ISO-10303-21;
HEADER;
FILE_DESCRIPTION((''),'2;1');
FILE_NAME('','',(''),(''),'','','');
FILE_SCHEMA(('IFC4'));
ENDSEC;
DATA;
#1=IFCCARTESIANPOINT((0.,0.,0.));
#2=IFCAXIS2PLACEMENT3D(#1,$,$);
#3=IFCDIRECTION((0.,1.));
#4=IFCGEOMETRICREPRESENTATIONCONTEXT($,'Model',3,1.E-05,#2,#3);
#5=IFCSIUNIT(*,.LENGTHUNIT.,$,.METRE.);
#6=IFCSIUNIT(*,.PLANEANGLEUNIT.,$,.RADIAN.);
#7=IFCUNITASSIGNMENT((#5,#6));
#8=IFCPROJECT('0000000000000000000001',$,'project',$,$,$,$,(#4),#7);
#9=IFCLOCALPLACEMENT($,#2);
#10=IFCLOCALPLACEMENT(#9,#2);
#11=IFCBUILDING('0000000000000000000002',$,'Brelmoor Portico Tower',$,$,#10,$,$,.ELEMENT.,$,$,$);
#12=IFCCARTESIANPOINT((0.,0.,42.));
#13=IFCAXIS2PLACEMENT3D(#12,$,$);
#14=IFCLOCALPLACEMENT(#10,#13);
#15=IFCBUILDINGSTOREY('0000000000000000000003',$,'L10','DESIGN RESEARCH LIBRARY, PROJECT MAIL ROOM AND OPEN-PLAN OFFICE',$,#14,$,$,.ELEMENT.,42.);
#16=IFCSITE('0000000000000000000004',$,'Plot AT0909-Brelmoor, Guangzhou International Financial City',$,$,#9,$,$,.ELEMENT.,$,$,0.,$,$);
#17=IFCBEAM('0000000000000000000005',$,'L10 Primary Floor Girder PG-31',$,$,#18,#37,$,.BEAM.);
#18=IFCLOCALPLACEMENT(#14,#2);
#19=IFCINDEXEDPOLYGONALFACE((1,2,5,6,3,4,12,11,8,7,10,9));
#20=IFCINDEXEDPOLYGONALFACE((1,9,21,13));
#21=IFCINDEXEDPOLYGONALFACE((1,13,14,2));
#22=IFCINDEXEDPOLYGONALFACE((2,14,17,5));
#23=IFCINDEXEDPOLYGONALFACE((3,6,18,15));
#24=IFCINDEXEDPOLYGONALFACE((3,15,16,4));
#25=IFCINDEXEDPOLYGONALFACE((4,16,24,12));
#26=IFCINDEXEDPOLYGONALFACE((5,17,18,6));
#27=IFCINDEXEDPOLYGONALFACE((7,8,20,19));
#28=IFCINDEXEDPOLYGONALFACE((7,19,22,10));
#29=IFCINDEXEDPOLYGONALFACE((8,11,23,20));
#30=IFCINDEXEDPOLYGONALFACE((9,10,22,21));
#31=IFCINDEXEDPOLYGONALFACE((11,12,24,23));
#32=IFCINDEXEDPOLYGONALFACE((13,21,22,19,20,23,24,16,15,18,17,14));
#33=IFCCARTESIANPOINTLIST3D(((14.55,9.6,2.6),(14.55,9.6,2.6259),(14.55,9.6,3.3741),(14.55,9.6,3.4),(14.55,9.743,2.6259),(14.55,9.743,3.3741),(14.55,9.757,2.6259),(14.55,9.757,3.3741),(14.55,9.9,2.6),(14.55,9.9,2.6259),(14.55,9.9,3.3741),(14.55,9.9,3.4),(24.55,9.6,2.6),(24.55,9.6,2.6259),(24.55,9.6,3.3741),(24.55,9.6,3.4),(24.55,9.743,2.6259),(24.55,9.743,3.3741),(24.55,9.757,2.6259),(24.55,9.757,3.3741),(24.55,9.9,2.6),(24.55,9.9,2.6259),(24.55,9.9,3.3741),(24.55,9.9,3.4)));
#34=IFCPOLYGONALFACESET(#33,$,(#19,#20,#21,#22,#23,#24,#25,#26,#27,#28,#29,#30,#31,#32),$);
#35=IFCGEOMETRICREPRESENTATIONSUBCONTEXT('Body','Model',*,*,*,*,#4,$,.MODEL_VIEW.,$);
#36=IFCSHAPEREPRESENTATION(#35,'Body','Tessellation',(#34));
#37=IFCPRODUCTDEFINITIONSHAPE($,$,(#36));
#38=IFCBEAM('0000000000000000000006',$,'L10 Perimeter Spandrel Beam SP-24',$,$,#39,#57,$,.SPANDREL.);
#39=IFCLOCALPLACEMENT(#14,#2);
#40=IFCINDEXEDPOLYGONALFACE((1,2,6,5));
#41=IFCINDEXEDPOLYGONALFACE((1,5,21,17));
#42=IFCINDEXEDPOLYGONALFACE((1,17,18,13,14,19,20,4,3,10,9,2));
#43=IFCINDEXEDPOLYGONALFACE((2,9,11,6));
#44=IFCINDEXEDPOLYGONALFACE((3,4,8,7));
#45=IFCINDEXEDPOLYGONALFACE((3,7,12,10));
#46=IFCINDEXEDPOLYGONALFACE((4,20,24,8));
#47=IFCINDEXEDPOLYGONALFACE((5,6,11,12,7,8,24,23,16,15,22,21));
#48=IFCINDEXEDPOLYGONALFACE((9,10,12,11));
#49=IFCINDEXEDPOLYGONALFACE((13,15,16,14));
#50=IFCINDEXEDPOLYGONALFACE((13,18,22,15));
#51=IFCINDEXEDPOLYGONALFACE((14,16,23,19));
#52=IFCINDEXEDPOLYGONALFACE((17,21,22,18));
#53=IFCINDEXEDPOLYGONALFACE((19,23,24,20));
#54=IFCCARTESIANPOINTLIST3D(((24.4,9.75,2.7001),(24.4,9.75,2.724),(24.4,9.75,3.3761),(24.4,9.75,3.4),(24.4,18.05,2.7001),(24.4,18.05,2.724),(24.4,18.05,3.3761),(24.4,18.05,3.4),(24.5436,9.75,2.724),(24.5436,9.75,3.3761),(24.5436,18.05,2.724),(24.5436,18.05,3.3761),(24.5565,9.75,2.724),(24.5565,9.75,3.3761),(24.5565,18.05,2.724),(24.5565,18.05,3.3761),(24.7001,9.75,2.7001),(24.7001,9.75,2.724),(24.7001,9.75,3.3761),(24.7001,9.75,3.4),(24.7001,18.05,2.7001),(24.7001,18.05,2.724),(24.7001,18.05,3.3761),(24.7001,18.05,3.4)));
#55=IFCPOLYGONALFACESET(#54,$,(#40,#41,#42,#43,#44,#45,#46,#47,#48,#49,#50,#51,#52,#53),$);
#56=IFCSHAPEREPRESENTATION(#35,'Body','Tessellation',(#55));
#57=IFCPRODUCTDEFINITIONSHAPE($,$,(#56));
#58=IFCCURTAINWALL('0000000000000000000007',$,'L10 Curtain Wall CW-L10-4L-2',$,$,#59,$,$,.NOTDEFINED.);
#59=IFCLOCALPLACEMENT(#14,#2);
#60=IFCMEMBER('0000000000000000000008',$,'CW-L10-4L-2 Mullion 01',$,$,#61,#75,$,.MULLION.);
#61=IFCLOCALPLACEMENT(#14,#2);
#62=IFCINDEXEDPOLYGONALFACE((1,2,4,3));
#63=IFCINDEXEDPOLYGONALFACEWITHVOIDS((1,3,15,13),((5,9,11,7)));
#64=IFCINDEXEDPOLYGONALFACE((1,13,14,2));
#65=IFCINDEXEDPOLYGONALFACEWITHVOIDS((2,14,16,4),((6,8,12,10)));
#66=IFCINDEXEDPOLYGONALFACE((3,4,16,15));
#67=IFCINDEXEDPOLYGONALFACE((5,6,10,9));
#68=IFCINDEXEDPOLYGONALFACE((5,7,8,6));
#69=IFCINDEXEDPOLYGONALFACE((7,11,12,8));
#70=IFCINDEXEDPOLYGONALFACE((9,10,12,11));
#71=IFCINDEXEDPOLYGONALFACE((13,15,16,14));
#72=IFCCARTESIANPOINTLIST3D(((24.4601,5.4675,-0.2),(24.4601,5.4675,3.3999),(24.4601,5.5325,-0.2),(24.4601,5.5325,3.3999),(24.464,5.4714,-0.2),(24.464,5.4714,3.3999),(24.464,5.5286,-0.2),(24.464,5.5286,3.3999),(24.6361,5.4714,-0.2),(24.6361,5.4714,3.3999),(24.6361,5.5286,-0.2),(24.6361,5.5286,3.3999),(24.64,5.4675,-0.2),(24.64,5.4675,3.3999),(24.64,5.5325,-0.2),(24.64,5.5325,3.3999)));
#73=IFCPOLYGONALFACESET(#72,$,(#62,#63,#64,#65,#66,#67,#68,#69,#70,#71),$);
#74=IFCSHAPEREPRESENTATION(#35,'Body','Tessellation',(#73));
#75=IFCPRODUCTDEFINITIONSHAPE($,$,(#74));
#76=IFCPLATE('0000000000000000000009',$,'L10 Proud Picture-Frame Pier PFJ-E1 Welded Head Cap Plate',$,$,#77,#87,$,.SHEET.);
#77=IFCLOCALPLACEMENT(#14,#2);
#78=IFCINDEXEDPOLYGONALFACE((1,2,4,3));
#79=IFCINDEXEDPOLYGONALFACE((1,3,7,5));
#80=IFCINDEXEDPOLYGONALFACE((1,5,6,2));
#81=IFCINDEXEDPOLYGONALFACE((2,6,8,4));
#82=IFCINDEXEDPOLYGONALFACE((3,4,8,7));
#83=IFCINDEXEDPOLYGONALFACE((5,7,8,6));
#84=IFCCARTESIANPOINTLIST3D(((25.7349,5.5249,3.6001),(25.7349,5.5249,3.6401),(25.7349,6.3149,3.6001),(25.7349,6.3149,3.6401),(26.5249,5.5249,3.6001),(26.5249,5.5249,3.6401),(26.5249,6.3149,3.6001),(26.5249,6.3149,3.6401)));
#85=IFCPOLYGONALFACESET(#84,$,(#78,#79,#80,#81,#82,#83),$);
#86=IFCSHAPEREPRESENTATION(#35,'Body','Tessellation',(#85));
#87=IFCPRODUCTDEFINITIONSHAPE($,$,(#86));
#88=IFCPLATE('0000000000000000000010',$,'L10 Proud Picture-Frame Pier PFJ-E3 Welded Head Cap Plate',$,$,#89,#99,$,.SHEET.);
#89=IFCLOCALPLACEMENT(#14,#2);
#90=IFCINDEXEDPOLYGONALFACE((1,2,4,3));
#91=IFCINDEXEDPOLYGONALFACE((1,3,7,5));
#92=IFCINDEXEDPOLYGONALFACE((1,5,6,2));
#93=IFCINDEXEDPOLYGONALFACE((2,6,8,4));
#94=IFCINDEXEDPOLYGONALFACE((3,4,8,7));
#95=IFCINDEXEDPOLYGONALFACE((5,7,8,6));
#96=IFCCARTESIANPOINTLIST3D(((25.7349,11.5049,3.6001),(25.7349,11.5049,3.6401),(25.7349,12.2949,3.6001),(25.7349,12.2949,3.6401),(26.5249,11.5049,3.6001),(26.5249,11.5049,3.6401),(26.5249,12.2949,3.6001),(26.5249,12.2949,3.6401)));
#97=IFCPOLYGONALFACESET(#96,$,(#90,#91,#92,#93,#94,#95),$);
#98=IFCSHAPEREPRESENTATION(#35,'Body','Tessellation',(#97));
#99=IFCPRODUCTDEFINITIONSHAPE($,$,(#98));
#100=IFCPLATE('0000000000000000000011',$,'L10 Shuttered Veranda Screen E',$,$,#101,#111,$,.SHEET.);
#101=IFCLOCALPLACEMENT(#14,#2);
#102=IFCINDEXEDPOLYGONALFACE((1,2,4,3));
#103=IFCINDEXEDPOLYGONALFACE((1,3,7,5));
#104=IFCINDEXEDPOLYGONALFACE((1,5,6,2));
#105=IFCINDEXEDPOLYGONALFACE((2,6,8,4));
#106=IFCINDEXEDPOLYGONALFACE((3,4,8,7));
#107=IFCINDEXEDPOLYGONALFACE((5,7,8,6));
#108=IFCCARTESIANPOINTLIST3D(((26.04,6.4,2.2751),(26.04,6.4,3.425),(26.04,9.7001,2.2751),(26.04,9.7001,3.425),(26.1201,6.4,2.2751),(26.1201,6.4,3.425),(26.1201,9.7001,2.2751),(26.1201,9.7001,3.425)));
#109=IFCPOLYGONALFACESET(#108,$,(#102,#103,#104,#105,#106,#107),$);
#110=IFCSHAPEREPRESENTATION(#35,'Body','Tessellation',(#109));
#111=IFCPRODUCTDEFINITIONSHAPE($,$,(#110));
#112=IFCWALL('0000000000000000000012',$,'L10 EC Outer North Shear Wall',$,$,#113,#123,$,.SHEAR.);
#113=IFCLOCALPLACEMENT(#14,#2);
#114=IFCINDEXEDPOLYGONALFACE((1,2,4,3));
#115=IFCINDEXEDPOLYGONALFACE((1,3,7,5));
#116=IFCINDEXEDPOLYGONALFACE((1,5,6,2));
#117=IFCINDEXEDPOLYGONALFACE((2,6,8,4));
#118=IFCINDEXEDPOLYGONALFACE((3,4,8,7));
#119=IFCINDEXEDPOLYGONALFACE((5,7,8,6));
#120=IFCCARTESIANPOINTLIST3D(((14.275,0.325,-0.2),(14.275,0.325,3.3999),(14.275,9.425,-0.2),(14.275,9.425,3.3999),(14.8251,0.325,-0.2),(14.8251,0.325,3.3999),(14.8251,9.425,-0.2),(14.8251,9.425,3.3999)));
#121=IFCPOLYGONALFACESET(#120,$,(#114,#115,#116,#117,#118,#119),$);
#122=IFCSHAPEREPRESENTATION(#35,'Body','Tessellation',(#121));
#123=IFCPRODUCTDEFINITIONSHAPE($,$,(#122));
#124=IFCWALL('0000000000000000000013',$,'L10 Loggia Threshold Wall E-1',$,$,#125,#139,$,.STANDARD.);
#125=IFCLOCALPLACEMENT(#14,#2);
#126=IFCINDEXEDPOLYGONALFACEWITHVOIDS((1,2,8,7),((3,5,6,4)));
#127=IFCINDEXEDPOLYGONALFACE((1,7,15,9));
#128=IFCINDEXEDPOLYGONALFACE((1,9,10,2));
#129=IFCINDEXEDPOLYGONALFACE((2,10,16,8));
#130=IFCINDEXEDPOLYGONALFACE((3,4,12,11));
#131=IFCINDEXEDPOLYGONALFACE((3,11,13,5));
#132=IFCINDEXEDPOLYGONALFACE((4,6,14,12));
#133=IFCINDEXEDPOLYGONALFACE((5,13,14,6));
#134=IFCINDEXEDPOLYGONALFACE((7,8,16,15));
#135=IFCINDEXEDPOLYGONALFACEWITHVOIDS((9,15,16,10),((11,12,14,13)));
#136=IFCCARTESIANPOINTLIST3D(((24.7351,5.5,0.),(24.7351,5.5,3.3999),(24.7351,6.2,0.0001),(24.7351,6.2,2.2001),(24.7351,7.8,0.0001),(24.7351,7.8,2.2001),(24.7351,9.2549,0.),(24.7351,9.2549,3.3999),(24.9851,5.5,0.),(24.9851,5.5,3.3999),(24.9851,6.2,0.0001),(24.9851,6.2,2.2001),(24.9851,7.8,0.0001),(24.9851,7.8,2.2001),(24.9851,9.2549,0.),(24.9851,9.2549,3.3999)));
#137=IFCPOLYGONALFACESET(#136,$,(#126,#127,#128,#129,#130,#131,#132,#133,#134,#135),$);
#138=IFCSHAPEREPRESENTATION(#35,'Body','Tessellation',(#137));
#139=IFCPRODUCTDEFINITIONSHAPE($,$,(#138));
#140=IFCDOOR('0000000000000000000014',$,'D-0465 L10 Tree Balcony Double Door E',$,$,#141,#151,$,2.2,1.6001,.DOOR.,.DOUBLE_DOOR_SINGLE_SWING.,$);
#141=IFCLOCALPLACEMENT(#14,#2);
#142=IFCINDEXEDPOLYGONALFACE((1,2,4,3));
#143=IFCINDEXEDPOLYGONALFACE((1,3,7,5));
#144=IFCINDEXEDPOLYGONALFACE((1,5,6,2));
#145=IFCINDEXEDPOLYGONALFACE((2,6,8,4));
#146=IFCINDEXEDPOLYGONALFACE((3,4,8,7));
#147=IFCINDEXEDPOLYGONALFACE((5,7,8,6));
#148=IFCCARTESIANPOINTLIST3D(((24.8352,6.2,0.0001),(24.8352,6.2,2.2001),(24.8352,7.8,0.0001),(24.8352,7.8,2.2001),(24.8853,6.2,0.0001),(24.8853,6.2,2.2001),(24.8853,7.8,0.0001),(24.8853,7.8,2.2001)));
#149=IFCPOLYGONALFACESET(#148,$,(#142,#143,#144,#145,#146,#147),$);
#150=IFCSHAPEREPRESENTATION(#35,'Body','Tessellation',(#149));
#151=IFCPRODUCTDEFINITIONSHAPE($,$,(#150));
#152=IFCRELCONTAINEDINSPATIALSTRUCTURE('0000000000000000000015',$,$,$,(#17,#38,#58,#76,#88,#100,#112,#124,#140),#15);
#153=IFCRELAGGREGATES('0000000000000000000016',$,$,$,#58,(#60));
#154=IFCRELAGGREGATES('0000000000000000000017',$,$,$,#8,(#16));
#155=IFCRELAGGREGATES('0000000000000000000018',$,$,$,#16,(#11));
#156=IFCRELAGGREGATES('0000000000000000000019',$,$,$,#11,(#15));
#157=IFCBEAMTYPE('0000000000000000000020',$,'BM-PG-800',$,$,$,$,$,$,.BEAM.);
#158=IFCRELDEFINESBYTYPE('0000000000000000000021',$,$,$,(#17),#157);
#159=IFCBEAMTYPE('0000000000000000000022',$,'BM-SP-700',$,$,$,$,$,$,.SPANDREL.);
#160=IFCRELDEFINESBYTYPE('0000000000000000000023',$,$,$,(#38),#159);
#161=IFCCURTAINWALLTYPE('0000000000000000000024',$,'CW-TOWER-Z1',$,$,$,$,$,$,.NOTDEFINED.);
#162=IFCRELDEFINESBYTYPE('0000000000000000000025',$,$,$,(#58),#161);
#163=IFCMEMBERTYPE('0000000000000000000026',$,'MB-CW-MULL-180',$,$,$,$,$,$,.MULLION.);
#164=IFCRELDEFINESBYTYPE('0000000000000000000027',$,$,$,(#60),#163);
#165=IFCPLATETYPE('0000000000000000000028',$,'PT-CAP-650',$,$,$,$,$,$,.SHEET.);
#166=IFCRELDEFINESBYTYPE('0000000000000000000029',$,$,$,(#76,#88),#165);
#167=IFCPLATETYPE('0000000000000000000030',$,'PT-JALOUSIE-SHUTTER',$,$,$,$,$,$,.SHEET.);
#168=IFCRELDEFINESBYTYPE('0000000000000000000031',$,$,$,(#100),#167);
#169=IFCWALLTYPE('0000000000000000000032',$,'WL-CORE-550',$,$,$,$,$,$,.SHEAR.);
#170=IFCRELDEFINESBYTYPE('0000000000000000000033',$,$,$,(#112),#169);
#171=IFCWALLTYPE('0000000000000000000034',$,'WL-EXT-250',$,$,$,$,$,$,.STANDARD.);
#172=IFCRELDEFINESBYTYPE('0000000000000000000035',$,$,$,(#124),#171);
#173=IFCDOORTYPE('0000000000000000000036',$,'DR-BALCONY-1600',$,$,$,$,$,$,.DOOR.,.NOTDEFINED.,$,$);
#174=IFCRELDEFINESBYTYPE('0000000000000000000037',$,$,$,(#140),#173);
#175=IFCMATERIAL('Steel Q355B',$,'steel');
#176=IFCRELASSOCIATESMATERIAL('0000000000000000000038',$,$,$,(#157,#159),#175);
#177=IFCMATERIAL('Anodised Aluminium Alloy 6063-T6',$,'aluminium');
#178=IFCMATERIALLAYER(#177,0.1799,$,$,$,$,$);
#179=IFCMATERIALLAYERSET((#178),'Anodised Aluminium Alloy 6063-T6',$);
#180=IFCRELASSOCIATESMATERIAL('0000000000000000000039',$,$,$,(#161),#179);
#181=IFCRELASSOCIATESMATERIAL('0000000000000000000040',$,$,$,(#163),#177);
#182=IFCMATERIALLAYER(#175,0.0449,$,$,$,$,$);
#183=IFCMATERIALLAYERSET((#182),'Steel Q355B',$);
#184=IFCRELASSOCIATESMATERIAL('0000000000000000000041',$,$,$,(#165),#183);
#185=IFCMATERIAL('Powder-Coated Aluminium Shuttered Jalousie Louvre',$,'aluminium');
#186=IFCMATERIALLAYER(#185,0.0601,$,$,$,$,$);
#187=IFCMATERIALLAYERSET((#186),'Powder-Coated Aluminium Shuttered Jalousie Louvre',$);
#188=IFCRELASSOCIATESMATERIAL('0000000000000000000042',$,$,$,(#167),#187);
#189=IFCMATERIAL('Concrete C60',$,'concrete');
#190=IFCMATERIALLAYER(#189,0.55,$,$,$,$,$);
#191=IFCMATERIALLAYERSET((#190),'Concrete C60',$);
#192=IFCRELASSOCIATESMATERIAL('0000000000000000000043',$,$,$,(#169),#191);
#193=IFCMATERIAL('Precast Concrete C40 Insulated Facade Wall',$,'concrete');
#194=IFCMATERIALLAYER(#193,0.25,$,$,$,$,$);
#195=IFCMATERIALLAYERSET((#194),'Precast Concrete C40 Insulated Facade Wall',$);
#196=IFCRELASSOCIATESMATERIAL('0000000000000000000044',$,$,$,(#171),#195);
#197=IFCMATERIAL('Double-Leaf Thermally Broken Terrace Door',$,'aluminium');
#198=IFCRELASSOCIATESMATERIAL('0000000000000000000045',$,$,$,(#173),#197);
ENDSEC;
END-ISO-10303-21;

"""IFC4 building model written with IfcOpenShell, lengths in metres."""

from ifc_helpers import new_model, si_unit, direction, frame, frame_2d, origin, origin_2d, place, context, subcontext, project, spatial, rectangle, hollow_rectangle, i_section, extrude, material, layer, layer_set, material_profile, profile_set, type_object, element, fill, aggregate, save


model = new_model("IFC4")

# Units and contexts
model_context = context("Model", 3, precision=1e-05, world=origin(), true_north=direction((0.0, 1.0)))
body_context = subcontext(model_context, "Body", "Model", "MODEL_VIEW")
ifc_project = project(units=[si_unit("LENGTHUNIT", "METRE"), si_unit("PLANEANGLEUNIT", "RADIAN")], contexts=[model_context])

# Site, building, storey
site_placement = place(None, origin())
site = spatial("IfcSite", under=ifc_project, at=site_placement, Name="Plot AT0909-Brelmoor, Guangzhou International Financial City", CompositionType="ELEMENT", RefElevation=0.0)
building_placement = place(site_placement, origin())
building = spatial("IfcBuilding", under=site, at=building_placement, Name="Brelmoor Portico Tower", CompositionType="ELEMENT")
storey_placement = place(building_placement, frame((0.0, 0.0, 42.0)))
storey = spatial("IfcBuildingStorey", under=building, at=storey_placement, Name="L10", Description="DESIGN RESEARCH LIBRARY, PROJECT MAIL ROOM AND OPEN-PLAN OFFICE", CompositionType="ELEMENT", Elevation=42.0)

# Shared definitions
ifc_material_1 = material(Name="Steel Q355B", Category="steel")

# Beams
ifc_material_profile_1 = material_profile(ifc_material_1, i_section(OverallWidth=0.3, OverallDepth=0.8, WebThickness=0.0139, FlangeThickness=0.0259, at=origin_2d()), Name="HN 800x300x14x26")
ifc_profile_set_1 = profile_set([ifc_material_profile_1], Name="Steel Q355B")
beam_type_1 = type_object("IfcBeamType", Name="BM-PG-800", PredefinedType="BEAM", material=ifc_profile_set_1)
beam_1_placement = place(storey_placement, frame((14.55, 9.75, 3.0), z_axis=(1.0, 0.0, 0.0), x_axis=(0.0, 1.0, 0.0)))
element("IfcBeam", 1, at=beam_1_placement, inside=storey, type_object=beam_type_1, Name="L10 Primary Floor Girder PG-31", PredefinedType="BEAM", context=body_context, shape_type="SweptSolid", body=[
    extrude(i_section(OverallWidth=0.3, OverallDepth=0.8, WebThickness=0.0139, FlangeThickness=0.0259, at=origin_2d()), origin(), (0.0, 0.0, 1.0), 10.0),
])
ifc_material_profile_2 = material_profile(ifc_material_1, i_section(OverallWidth=0.3, OverallDepth=0.7, WebThickness=0.0129, FlangeThickness=0.0239, at=origin_2d()), Name="HN 700x300x13x24")
ifc_profile_set_2 = profile_set([ifc_material_profile_2], Name="Steel Q355B")
beam_type_2 = type_object("IfcBeamType", Name="BM-SP-700", PredefinedType="SPANDREL", material=ifc_profile_set_2)
beam_2_placement = place(storey_placement, frame((24.55, 9.75, 3.05), z_axis=(0.0, 1.0, 0.0), x_axis=(-1.0, 0.0, 0.0)))
element("IfcBeam", 2, at=beam_2_placement, inside=storey, type_object=beam_type_2, Name="L10 Perimeter Spandrel Beam SP-24", PredefinedType="SPANDREL", context=body_context, shape_type="SweptSolid", body=[
    extrude(i_section(OverallWidth=0.3, OverallDepth=0.7, WebThickness=0.0129, FlangeThickness=0.0239, at=origin_2d()), origin(), (0.0, 0.0, 1.0), 8.3),
])

# Curtain wall, member
ifc_material_2 = material(Name="Anodised Aluminium Alloy 6063-T6", Category="aluminium")
ifc_layer_1 = layer(ifc_material_2, 0.1799)
ifc_layer_set_1 = layer_set([ifc_layer_1], Name="Anodised Aluminium Alloy 6063-T6")
curtain_wall_type = type_object("IfcCurtainWallType", Name="CW-TOWER-Z1", PredefinedType="NOTDEFINED", material=ifc_layer_set_1)
curtain_wall_placement = place(storey_placement, origin())
curtain_wall = element("IfcCurtainWall", 3, at=curtain_wall_placement, inside=storey, type_object=curtain_wall_type, Name="L10 Curtain Wall CW-L10-4L-2", PredefinedType="NOTDEFINED")
ifc_material_profile_3 = material_profile(ifc_material_2, hollow_rectangle(XDim=0.0649, YDim=0.1799, WallThickness=0.0039, at=origin_2d()), Name="ALU MULLION 65x180")
ifc_profile_set_3 = profile_set([ifc_material_profile_3], Name="Anodised Aluminium Alloy 6063-T6")
member_type = type_object("IfcMemberType", Name="MB-CW-MULL-180", PredefinedType="MULLION", material=ifc_profile_set_3)
member_placement = place(storey_placement, frame((24.55, 5.5, -0.2), z_axis=(0.0, 0.0, 1.0), x_axis=(0.0, 1.0, 0.0)))
member = element("IfcMember", 4, at=member_placement, type_object=member_type, Name="CW-L10-4L-2 Mullion 01", PredefinedType="MULLION", context=body_context, shape_type="SweptSolid", body=[
    extrude(hollow_rectangle(XDim=0.0649, YDim=0.1799, WallThickness=0.0039, at=origin_2d()), origin(), (0.0, 0.0, 1.0), 3.5999),
])
aggregate(curtain_wall, [member])

# Plates
ifc_layer_2 = layer(ifc_material_1, 0.0449)
ifc_layer_set_2 = layer_set([ifc_layer_2], Name="Steel Q355B")
plate_type_1 = type_object("IfcPlateType", Name="PT-CAP-650", PredefinedType="SHEET", material=ifc_layer_set_2)
for number, where, z_axis, x_axis, name in (
    (5, (26.1299, 5.9199, 3.6001), (0.0, 0.0, 1.0), (0.0, 1.0, 0.0), "L10 Proud Picture-Frame Pier PFJ-E1 Welded Head Cap Plate"),
    (6, (26.1299, 11.8999, 3.6001), (0.0, 0.0, 1.0), (0.0, 1.0, 0.0), "L10 Proud Picture-Frame Pier PFJ-E3 Welded Head Cap Plate"),
):
    element("IfcPlate", number, at=place(storey_placement, frame(where, z_axis=z_axis, x_axis=x_axis)), inside=storey, type_object=plate_type_1, Name=name, PredefinedType="SHEET", context=body_context, shape_type="SweptSolid", body=[
        extrude(rectangle(XDim=0.79, YDim=0.79, at=origin_2d()), origin(), (0.0, 0.0, 1.0), 0.04),
    ])
ifc_material_3 = material(Name="Powder-Coated Aluminium Shuttered Jalousie Louvre", Category="aluminium")
ifc_layer_3 = layer(ifc_material_3, 0.0601)
ifc_layer_set_3 = layer_set([ifc_layer_3], Name="Powder-Coated Aluminium Shuttered Jalousie Louvre")
plate_type_2 = type_object("IfcPlateType", Name="PT-JALOUSIE-SHUTTER", PredefinedType="SHEET", material=ifc_layer_set_3)
plate_placement = place(storey_placement, frame((26.0801, 8.05, 2.2751), z_axis=(0.0, 0.0, 1.0), x_axis=(0.0, 1.0, 0.0)))
element("IfcPlate", 7, at=plate_placement, inside=storey, type_object=plate_type_2, Name="L10 Shuttered Veranda Screen E", PredefinedType="SHEET", context=body_context, shape_type="SweptSolid", body=[
    extrude(rectangle(XDim=3.3, YDim=0.0801, at=origin_2d()), origin(), (0.0, 0.0, 1.0), 1.1499),
])

# Wall
ifc_material_4 = material(Name="Concrete C60", Category="concrete")
ifc_layer_4 = layer(ifc_material_4, 0.55)
ifc_layer_set_4 = layer_set([ifc_layer_4], Name="Concrete C60")
wall_type_1 = type_object("IfcWallType", Name="WL-CORE-550", PredefinedType="SHEAR", material=ifc_layer_set_4)
wall_1_placement = place(storey_placement, frame((14.55, 0.325, -0.2), z_axis=(0.0, 0.0, 1.0), x_axis=(0.0, 1.0, 0.0)))
element("IfcWall", 8, at=wall_1_placement, inside=storey, type_object=wall_type_1, Name="L10 EC Outer North Shear Wall", PredefinedType="SHEAR", context=body_context, shape_type="SweptSolid", body=[
    extrude(rectangle(XDim=9.1001, YDim=0.55, at=frame_2d((4.55, 0.0))), origin(), (0.0, 0.0, 1.0), 3.5999),
])

# Wall, opening, door
ifc_material_5 = material(Name="Precast Concrete C40 Insulated Facade Wall", Category="concrete")
ifc_layer_5 = layer(ifc_material_5, 0.25)
ifc_layer_set_5 = layer_set([ifc_layer_5], Name="Precast Concrete C40 Insulated Facade Wall")
wall_type_2 = type_object("IfcWallType", Name="WL-EXT-250", PredefinedType="STANDARD", material=ifc_layer_set_5)
wall_2_placement = place(storey_placement, frame((24.8601, 5.5, 0.0), z_axis=(0.0, 0.0, 1.0), x_axis=(0.0, 1.0, 0.0)))
wall_2 = element("IfcWall", 9, at=wall_2_placement, inside=storey, type_object=wall_type_2, Name="L10 Loggia Threshold Wall E-1", PredefinedType="STANDARD", context=body_context, shape_type="SweptSolid", body=[
    extrude(rectangle(XDim=3.7549, YDim=0.25, at=frame_2d((1.8774, 0.0))), origin(), (0.0, 0.0, 1.0), 3.3999),
])
opening_1_placement = place(wall_2_placement, frame((0.7, 0.0, 0.0)))
opening_1 = element("IfcOpeningElement", 10, at=opening_1_placement, cuts=wall_2, PredefinedType="OPENING", context=body_context, shape_type="SweptSolid", body=[
    extrude(rectangle(XDim=1.6001, YDim=2.2, at=frame_2d((0.8, 1.1001))), frame((0.0, 0.135, 0.0), z_axis=(0.0, -1.0, 0.0), x_axis=(1.0, 0.0, 0.0)), (0.0, 0.0, 1.0), 0.27),
])
ifc_material_6 = material(Name="Double-Leaf Thermally Broken Terrace Door", Category="aluminium")
door_type = type_object("IfcDoorType", Name="DR-BALCONY-1600", OperationType="NOTDEFINED", PredefinedType="DOOR", material=ifc_material_6)
door_placement = place(opening_1_placement, origin())
door = element("IfcDoor", 11, at=door_placement, inside=storey, type_object=door_type, Name="D-0465 L10 Tree Balcony Double Door E", OperationType="DOUBLE_DOOR_SINGLE_SWING", OverallHeight=2.2, OverallWidth=1.6001, PredefinedType="DOOR", context=body_context, shape_type="SweptSolid", body=[
    extrude(rectangle(XDim=1.6001, YDim=2.2, at=frame_2d((0.8, 1.1001))), frame((0.0, 0.0249, 0.0), z_axis=(0.0, -1.0, 0.0), x_axis=(1.0, 0.0, 0.0)), (0.0, 0.0, 1.0), 0.05),
])
fill(opening_1, door)

save(model, "model.ifc")
